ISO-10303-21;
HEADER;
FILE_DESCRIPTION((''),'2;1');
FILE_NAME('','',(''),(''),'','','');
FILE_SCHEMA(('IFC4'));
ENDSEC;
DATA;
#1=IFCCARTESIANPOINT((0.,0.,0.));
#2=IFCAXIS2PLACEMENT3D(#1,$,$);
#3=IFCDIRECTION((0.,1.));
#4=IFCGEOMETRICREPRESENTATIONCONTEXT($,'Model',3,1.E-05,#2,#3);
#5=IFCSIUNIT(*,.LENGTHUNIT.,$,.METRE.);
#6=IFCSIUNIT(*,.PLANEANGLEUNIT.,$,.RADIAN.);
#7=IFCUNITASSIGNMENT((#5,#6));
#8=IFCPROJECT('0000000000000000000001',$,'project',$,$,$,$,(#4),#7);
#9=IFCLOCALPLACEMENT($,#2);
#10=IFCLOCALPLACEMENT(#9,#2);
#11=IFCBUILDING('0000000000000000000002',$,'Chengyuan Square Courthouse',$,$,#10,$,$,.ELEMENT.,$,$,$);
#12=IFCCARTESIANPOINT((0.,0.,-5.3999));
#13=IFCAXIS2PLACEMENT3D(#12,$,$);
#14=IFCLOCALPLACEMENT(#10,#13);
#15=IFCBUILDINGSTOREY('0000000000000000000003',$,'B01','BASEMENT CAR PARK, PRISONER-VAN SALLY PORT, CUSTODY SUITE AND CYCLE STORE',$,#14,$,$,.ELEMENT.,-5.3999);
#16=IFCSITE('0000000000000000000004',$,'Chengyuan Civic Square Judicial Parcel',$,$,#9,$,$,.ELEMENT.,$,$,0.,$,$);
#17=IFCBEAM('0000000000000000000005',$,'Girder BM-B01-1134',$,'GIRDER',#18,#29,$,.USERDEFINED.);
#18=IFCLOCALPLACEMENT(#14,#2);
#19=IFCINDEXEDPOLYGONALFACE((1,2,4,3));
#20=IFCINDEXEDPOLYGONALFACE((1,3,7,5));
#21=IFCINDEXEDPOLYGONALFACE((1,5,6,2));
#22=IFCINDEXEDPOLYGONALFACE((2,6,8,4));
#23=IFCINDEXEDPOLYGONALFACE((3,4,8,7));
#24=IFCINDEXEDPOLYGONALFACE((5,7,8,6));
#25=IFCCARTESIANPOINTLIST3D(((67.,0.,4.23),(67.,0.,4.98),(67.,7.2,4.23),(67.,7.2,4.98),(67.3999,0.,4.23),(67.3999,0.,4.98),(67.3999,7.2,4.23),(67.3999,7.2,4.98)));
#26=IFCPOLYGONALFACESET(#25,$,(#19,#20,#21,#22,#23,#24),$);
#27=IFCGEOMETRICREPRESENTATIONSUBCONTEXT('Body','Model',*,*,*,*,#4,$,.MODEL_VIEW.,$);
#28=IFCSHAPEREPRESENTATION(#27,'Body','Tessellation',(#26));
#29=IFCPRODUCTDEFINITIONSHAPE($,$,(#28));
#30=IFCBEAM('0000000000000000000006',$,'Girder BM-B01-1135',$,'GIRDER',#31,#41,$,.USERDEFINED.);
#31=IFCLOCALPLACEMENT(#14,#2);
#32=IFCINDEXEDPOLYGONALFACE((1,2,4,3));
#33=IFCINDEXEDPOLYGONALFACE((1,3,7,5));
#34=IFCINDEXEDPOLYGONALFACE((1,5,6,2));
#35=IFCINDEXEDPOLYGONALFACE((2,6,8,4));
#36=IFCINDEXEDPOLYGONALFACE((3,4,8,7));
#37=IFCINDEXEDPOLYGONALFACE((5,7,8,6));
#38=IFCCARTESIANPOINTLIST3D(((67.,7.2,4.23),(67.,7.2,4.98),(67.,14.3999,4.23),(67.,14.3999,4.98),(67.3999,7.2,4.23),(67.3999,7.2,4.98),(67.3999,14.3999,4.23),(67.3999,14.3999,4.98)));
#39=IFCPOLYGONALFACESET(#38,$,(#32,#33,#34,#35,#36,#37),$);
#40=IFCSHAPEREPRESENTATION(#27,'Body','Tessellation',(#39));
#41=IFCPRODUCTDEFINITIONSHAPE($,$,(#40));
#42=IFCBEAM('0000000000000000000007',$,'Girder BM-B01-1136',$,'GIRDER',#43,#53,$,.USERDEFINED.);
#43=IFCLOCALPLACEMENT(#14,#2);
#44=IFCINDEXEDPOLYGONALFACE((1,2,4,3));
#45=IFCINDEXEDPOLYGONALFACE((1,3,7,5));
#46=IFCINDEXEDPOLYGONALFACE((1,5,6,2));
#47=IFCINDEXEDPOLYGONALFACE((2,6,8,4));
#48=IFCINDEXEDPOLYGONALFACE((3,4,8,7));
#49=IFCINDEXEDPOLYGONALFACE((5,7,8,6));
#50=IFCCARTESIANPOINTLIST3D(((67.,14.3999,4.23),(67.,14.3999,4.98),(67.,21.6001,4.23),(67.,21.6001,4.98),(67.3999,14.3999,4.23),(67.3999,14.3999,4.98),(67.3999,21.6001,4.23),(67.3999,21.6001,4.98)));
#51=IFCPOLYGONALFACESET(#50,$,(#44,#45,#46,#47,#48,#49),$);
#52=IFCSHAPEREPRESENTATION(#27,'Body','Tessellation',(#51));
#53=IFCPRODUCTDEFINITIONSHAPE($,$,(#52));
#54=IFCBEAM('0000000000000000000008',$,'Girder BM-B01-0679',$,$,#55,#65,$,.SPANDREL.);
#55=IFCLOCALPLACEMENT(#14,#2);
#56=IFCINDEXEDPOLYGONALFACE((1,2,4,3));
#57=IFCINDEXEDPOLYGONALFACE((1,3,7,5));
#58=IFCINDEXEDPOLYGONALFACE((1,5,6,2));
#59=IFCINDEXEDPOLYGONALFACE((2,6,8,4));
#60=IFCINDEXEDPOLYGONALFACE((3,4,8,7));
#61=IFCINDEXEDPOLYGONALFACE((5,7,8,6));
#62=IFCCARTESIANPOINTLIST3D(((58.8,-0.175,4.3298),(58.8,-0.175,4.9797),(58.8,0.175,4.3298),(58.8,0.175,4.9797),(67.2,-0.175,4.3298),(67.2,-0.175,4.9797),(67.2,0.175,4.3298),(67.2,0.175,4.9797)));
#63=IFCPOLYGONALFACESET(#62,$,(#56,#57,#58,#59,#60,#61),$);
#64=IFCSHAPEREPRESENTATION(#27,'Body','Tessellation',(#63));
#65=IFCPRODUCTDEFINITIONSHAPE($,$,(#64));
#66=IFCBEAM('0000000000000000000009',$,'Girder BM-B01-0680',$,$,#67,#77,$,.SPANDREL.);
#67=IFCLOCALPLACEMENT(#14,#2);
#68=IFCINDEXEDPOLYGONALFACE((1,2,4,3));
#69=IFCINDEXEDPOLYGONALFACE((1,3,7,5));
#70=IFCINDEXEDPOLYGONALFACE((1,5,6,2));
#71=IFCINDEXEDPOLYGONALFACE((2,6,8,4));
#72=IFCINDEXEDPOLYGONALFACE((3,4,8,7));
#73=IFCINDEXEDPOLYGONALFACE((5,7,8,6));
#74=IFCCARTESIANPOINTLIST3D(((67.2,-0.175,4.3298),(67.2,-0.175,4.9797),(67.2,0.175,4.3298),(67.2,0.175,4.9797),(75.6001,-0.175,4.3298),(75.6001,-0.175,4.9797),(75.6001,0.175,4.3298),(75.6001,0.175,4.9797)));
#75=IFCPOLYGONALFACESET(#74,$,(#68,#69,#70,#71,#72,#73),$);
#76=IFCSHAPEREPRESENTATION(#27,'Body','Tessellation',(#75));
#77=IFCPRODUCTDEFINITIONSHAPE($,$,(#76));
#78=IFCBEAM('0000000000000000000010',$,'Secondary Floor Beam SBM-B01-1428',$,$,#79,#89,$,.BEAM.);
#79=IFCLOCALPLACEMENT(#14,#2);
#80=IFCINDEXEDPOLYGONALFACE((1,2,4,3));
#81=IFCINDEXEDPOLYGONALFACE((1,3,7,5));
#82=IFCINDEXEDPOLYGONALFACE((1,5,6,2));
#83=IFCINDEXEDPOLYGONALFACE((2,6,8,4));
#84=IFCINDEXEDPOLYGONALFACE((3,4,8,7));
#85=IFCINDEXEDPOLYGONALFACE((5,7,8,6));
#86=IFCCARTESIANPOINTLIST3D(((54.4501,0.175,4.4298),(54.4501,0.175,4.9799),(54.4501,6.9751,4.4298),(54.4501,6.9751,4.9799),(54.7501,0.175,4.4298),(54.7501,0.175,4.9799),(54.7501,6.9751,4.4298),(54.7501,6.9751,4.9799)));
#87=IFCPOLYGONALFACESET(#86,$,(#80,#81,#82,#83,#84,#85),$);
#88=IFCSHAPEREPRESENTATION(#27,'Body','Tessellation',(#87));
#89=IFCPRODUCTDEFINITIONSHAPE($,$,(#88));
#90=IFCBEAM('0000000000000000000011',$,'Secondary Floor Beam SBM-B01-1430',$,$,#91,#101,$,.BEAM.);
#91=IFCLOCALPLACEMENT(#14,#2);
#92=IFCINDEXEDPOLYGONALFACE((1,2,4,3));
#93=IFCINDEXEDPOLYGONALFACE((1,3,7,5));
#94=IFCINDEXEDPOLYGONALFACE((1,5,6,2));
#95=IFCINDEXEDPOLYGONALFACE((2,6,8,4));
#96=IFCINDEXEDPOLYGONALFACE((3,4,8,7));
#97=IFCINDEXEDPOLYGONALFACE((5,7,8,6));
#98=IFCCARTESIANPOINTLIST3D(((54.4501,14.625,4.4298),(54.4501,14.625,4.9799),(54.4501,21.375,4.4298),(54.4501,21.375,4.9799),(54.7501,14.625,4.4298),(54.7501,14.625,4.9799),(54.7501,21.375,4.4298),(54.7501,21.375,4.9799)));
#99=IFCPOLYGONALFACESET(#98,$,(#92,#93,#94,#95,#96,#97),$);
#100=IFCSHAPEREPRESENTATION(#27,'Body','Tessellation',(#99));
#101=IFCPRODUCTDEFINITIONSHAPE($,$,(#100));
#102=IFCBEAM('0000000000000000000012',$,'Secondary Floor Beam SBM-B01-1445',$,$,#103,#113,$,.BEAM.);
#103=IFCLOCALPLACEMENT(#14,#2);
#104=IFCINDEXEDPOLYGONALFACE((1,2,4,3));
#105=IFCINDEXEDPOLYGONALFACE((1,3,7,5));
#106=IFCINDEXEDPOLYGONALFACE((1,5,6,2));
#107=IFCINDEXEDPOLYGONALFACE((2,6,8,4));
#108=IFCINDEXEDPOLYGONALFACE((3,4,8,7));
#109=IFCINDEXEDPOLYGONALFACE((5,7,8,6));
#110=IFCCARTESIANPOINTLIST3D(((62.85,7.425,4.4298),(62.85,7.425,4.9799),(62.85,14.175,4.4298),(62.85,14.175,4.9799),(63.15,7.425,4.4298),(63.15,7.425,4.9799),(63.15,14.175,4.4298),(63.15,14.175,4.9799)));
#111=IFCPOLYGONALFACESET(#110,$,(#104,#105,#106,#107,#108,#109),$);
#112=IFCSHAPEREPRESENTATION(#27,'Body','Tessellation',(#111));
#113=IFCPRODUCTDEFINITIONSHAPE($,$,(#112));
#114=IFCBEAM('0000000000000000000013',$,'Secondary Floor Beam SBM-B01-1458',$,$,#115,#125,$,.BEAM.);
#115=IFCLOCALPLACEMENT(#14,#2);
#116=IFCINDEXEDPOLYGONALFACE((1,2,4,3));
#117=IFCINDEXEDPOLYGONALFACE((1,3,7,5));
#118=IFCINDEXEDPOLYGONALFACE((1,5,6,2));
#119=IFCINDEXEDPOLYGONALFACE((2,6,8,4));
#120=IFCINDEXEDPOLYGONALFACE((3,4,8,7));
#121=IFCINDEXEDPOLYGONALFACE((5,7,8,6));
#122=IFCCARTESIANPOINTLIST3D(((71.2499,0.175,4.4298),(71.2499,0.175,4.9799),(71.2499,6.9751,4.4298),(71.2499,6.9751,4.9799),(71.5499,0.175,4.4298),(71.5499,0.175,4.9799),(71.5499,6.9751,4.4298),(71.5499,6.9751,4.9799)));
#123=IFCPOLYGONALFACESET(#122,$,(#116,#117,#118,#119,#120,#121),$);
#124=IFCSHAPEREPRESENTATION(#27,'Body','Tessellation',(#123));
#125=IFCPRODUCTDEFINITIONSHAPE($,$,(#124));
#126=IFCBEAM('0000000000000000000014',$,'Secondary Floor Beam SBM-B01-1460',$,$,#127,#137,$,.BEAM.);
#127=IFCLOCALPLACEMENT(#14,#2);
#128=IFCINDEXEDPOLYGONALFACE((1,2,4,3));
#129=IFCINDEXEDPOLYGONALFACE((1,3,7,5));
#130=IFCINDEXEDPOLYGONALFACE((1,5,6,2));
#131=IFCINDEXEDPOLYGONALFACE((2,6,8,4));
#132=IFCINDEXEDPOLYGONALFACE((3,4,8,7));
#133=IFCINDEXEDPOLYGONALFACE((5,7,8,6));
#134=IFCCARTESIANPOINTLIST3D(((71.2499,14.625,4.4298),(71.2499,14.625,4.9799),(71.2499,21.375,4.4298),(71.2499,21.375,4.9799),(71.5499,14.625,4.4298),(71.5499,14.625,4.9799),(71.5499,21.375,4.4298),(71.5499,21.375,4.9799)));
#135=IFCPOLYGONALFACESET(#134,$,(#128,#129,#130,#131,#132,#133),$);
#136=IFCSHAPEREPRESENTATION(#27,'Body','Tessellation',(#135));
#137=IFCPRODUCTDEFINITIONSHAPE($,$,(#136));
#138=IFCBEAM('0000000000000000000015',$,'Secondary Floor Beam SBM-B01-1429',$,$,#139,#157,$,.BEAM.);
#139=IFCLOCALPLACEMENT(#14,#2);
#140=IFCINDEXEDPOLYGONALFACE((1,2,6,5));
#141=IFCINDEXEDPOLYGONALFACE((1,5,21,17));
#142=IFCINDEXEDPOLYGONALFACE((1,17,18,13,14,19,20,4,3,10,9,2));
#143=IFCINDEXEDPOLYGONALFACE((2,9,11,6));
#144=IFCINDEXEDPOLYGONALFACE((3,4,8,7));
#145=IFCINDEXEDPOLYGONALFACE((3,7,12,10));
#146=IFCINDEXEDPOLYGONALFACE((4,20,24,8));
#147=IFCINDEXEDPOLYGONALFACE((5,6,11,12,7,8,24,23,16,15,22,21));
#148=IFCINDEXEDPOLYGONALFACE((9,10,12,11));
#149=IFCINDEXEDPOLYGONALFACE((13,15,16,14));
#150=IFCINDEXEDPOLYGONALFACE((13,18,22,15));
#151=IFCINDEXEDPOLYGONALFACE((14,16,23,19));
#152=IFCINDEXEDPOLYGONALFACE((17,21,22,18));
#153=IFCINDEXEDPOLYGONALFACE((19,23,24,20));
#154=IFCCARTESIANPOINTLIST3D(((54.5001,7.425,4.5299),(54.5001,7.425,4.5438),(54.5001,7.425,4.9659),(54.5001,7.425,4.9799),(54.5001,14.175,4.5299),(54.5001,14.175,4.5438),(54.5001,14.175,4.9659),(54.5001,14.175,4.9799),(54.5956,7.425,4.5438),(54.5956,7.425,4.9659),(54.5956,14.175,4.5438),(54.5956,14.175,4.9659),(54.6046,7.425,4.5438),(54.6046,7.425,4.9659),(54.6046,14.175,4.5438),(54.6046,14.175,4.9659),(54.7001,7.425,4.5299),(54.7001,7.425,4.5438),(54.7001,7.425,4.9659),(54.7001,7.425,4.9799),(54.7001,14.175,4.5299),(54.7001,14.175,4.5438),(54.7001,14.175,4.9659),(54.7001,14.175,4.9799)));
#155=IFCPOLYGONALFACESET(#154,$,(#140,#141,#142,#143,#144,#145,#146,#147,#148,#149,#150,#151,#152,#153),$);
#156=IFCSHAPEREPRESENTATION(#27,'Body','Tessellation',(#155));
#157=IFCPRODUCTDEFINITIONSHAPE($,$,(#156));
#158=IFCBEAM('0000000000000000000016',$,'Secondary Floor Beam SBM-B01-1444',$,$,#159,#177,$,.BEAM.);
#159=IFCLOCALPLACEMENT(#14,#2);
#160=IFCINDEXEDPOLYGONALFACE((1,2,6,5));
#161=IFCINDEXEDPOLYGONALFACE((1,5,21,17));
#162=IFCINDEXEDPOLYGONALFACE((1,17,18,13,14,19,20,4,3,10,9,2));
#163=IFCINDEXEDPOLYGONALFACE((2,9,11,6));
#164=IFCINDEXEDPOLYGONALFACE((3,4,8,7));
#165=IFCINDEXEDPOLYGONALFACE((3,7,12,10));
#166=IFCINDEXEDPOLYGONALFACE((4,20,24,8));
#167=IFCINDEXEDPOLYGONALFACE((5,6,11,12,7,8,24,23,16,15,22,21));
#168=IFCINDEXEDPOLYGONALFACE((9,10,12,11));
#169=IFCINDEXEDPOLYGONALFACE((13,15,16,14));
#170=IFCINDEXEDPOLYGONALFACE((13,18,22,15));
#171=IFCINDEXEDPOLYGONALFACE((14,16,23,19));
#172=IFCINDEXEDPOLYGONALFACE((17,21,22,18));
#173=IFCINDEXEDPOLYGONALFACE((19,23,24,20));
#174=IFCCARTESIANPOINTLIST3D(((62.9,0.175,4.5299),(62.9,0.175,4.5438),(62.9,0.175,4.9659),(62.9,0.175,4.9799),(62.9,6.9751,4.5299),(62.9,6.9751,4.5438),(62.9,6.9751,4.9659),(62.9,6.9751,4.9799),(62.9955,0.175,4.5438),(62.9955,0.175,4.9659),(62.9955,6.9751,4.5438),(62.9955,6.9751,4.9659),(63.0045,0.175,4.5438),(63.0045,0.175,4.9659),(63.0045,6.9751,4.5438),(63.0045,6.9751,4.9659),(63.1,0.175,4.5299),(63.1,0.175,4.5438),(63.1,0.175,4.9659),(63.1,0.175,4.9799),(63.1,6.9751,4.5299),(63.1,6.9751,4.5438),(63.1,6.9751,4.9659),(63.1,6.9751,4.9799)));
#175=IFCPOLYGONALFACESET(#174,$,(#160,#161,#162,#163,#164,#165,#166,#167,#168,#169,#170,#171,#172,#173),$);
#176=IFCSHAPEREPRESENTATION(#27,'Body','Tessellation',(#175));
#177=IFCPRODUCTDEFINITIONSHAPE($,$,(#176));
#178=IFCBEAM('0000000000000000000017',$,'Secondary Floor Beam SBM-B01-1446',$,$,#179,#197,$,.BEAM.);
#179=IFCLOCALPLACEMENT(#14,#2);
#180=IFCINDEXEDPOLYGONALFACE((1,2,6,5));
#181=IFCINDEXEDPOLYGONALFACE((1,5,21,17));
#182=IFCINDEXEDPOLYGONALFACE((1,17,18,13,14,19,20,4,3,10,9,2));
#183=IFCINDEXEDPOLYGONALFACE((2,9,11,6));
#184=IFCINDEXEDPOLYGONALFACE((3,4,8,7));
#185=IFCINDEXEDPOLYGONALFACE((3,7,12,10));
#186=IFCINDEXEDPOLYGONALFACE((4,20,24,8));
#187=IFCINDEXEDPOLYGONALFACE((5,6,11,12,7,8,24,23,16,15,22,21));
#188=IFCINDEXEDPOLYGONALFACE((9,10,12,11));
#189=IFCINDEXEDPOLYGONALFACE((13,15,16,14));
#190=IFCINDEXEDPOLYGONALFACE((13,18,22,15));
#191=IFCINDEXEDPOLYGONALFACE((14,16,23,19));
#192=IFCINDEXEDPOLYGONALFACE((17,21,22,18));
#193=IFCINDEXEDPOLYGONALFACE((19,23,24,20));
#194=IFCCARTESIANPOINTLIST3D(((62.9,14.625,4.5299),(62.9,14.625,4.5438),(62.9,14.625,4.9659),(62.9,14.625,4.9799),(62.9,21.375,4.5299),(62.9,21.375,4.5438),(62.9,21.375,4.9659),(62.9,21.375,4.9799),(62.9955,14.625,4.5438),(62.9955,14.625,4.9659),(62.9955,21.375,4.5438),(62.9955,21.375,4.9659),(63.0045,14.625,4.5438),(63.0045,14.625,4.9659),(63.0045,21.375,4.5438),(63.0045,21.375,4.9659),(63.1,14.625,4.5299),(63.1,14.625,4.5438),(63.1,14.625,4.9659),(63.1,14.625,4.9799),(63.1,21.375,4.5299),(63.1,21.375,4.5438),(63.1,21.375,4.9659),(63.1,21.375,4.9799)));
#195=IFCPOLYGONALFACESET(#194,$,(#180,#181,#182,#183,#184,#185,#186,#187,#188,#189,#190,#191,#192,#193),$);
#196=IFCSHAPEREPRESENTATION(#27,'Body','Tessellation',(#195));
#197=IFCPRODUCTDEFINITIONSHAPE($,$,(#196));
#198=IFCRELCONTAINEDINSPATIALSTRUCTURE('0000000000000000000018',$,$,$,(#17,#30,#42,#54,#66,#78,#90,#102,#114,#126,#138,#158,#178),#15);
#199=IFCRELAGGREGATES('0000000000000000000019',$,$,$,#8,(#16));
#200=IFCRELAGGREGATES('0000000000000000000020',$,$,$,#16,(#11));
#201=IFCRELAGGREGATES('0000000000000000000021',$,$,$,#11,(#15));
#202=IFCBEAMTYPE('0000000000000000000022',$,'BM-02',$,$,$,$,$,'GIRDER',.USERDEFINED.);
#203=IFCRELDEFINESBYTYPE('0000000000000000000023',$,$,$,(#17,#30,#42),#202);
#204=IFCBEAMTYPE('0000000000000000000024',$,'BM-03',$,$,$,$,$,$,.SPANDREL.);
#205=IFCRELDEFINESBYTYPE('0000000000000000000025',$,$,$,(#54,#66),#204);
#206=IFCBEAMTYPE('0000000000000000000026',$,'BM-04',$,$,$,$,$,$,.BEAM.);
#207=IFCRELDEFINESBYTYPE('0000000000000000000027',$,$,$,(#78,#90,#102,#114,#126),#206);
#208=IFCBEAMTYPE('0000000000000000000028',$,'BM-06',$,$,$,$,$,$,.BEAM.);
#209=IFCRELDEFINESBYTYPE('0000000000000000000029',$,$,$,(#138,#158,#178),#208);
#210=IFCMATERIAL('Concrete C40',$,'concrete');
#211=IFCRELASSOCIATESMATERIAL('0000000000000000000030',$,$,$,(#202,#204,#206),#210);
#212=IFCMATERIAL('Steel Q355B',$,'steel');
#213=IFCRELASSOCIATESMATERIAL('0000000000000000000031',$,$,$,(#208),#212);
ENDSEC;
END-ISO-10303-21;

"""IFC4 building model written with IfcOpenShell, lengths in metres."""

from ifc_helpers import new_model, si_unit, direction, frame, origin, origin_2d, place, context, subcontext, project, spatial, rectangle, i_section, extrude, material, material_profile, profile_set, type_object, element, save


model = new_model("IFC4")

# Units and contexts
model_context = context("Model", 3, precision=1e-05, world=origin(), true_north=direction((0.0, 1.0)))
body_context = subcontext(model_context, "Body", "Model", "MODEL_VIEW")
ifc_project = project(units=[si_unit("LENGTHUNIT", "METRE"), si_unit("PLANEANGLEUNIT", "RADIAN")], contexts=[model_context])

# Site, building, storey
site_placement = place(None, origin())
site = spatial("IfcSite", under=ifc_project, at=site_placement, Name="Chengyuan Civic Square Judicial Parcel", CompositionType="ELEMENT", RefElevation=0.0)
building_placement = place(site_placement, origin())
building = spatial("IfcBuilding", under=site, at=building_placement, Name="Chengyuan Square Courthouse", CompositionType="ELEMENT")
storey_placement = place(building_placement, frame((0.0, 0.0, -5.3999)))
storey = spatial("IfcBuildingStorey", under=building, at=storey_placement, Name="B01", Description="BASEMENT CAR PARK, PRISONER-VAN SALLY PORT, CUSTODY SUITE AND CYCLE STORE", CompositionType="ELEMENT", Elevation=-5.3999)

# Beams
ifc_material_1 = material(Name="Concrete C40", Category="concrete")
ifc_material_profile_1 = material_profile(ifc_material_1, rectangle(XDim=0.3999, YDim=0.75, at=origin_2d()), Name="RC-BM-400x750")
ifc_profile_set_1 = profile_set([ifc_material_profile_1], Name="Concrete C40")
beam_type_1 = type_object("IfcBeamType", Name="BM-02", ElementType="GIRDER", PredefinedType="USERDEFINED", material=ifc_profile_set_1)
for number, where, z_axis, x_axis, name in (
    (1, (67.2, 0.0, 4.605), (0.0, 1.0, 0.0), (-1.0, 0.0, 0.0), "Girder BM-B01-1134"),
    (2, (67.2, 7.2, 4.605), (0.0, 1.0, 0.0), (-1.0, 0.0, 0.0), "Girder BM-B01-1135"),
):
    element("IfcBeam", number, at=place(storey_placement, frame(where, z_axis=z_axis, x_axis=x_axis)), inside=storey, type_object=beam_type_1, Name=name, ObjectType="GIRDER", PredefinedType="USERDEFINED", context=body_context, shape_type="SweptSolid", body=[
        extrude(rectangle(XDim=0.3999, YDim=0.75, at=origin_2d()), origin(), (0.0, 0.0, 1.0), 7.2),
    ])
beam_1_placement = place(storey_placement, frame((67.2, 14.3999, 4.605), z_axis=(0.0, 1.0, 0.0), x_axis=(-1.0, 0.0, 0.0)))
element("IfcBeam", 3, at=beam_1_placement, inside=storey, type_object=beam_type_1, Name="Girder BM-B01-1136", ObjectType="GIRDER", PredefinedType="USERDEFINED", context=body_context, shape_type="SweptSolid", body=[
    extrude(rectangle(XDim=0.3999, YDim=0.75, at=origin_2d()), origin(), (0.0, 0.0, 1.0), 7.2002),
])
ifc_material_profile_2 = material_profile(ifc_material_1, rectangle(XDim=0.3501, YDim=0.6499, at=origin_2d()), Name="RC-BM-350x650")
ifc_profile_set_2 = profile_set([ifc_material_profile_2], Name="Concrete C40")
beam_type_2 = type_object("IfcBeamType", Name="BM-03", PredefinedType="SPANDREL", material=ifc_profile_set_2)
beam_2_placement = place(storey_placement, frame((58.8, 0.0, 4.6548), z_axis=(1.0, 0.0, 0.0), x_axis=(0.0, 1.0, 0.0)))
element("IfcBeam", 4, at=beam_2_placement, inside=storey, type_object=beam_type_2, Name="Girder BM-B01-0679", PredefinedType="SPANDREL", context=body_context, shape_type="SweptSolid", body=[
    extrude(rectangle(XDim=0.3501, YDim=0.6499, at=origin_2d()), origin(), (0.0, 0.0, 1.0), 8.3999),
])
beam_3_placement = place(storey_placement, frame((67.2, 0.0, 4.6548), z_axis=(1.0, 0.0, 0.0), x_axis=(0.0, 1.0, 0.0)))
element("IfcBeam", 5, at=beam_3_placement, inside=storey, type_object=beam_type_2, Name="Girder BM-B01-0680", PredefinedType="SPANDREL", context=body_context, shape_type="SweptSolid", body=[
    extrude(rectangle(XDim=0.3501, YDim=0.6499, at=origin_2d()), origin(), (0.0, 0.0, 1.0), 8.4001),
])
ifc_material_profile_3 = material_profile(ifc_material_1, rectangle(XDim=0.3, YDim=0.55, at=origin_2d()), Name="RC-BM-300x550")
ifc_profile_set_3 = profile_set([ifc_material_profile_3], Name="Concrete C40")
beam_type_3 = type_object("IfcBeamType", Name="BM-04", PredefinedType="BEAM", material=ifc_profile_set_3)
beam_4_placement = place(storey_placement, frame((54.6001, 0.175, 4.7048), z_axis=(0.0, 1.0, 0.0), x_axis=(-1.0, 0.0, 0.0)))
element("IfcBeam", 6, at=beam_4_placement, inside=storey, type_object=beam_type_3, Name="Secondary Floor Beam SBM-B01-1428", PredefinedType="BEAM", context=body_context, shape_type="SweptSolid", body=[
    extrude(rectangle(XDim=0.3, YDim=0.55, at=origin_2d()), origin(), (0.0, 0.0, 1.0), 6.8),
])
for number, where, z_axis, x_axis, name in (
    (7, (54.6001, 14.625, 4.7048), (0.0, 1.0, 0.0), (-1.0, 0.0, 0.0), "Secondary Floor Beam SBM-B01-1430"),
    (8, (63.0, 7.425, 4.7048), (0.0, 1.0, 0.0), (-1.0, 0.0, 0.0), "Secondary Floor Beam SBM-B01-1445"),
):
    element("IfcBeam", number, at=place(storey_placement, frame(where, z_axis=z_axis, x_axis=x_axis)), inside=storey, type_object=beam_type_3, Name=name, PredefinedType="BEAM", context=body_context, shape_type="SweptSolid", body=[
        extrude(rectangle(XDim=0.3, YDim=0.55, at=origin_2d()), origin(), (0.0, 0.0, 1.0), 6.75),
    ])
beam_5_placement = place(storey_placement, frame((71.3999, 0.175, 4.7048), z_axis=(0.0, 1.0, 0.0), x_axis=(-1.0, 0.0, 0.0)))
element("IfcBeam", 9, at=beam_5_placement, inside=storey, type_object=beam_type_3, Name="Secondary Floor Beam SBM-B01-1458", PredefinedType="BEAM", context=body_context, shape_type="SweptSolid", body=[
    extrude(rectangle(XDim=0.3, YDim=0.55, at=origin_2d()), origin(), (0.0, 0.0, 1.0), 6.8),
])
beam_6_placement = place(storey_placement, frame((71.3999, 14.625, 4.7048), z_axis=(0.0, 1.0, 0.0), x_axis=(-1.0, 0.0, 0.0)))
element("IfcBeam", 10, at=beam_6_placement, inside=storey, type_object=beam_type_3, Name="Secondary Floor Beam SBM-B01-1460", PredefinedType="BEAM", context=body_context, shape_type="SweptSolid", body=[
    extrude(rectangle(XDim=0.3, YDim=0.55, at=origin_2d()), origin(), (0.0, 0.0, 1.0), 6.75),
])
ifc_material_2 = material(Name="Steel Q355B", Category="steel")
ifc_material_profile_4 = material_profile(ifc_material_2, i_section(OverallWidth=0.2, OverallDepth=0.45, WebThickness=0.009, FlangeThickness=0.0139, at=origin_2d()), Name="HN 450x200x9x14")
ifc_profile_set_4 = profile_set([ifc_material_profile_4], Name="Steel Q355B")
beam_type_4 = type_object("IfcBeamType", Name="BM-06", PredefinedType="BEAM", material=ifc_profile_set_4)
beam_7_placement = place(storey_placement, frame((54.6001, 7.425, 4.7549), z_axis=(0.0, 1.0, 0.0), x_axis=(-1.0, 0.0, 0.0)))
element("IfcBeam", 11, at=beam_7_placement, inside=storey, type_object=beam_type_4, Name="Secondary Floor Beam SBM-B01-1429", PredefinedType="BEAM", context=body_context, shape_type="SweptSolid", body=[
    extrude(i_section(OverallWidth=0.2, OverallDepth=0.45, WebThickness=0.009, FlangeThickness=0.0139, at=origin_2d()), origin(), (0.0, 0.0, 1.0), 6.75),
])
beam_8_placement = place(storey_placement, frame((63.0, 0.175, 4.7549), z_axis=(0.0, 1.0, 0.0), x_axis=(-1.0, 0.0, 0.0)))
element("IfcBeam", 12, at=beam_8_placement, inside=storey, type_object=beam_type_4, Name="Secondary Floor Beam SBM-B01-1444", PredefinedType="BEAM", context=body_context, shape_type="SweptSolid", body=[
    extrude(i_section(OverallWidth=0.2, OverallDepth=0.45, WebThickness=0.009, FlangeThickness=0.0139, at=origin_2d()), origin(), (0.0, 0.0, 1.0), 6.8),
])
for number, where, z_axis, x_axis, name in (
    (13, (63.0, 14.625, 4.7549), (0.0, 1.0, 0.0), (-1.0, 0.0, 0.0), "Secondary Floor Beam SBM-B01-1446"),
):
    element("IfcBeam", number, at=place(storey_placement, frame(where, z_axis=z_axis, x_axis=x_axis)), inside=storey, type_object=beam_type_4, Name=name, PredefinedType="BEAM", context=body_context, shape_type="SweptSolid", body=[
        extrude(i_section(OverallWidth=0.2, OverallDepth=0.45, WebThickness=0.009, FlangeThickness=0.0139, at=origin_2d()), origin(), (0.0, 0.0, 1.0), 6.75),
    ])

save(model, "model.ifc")
